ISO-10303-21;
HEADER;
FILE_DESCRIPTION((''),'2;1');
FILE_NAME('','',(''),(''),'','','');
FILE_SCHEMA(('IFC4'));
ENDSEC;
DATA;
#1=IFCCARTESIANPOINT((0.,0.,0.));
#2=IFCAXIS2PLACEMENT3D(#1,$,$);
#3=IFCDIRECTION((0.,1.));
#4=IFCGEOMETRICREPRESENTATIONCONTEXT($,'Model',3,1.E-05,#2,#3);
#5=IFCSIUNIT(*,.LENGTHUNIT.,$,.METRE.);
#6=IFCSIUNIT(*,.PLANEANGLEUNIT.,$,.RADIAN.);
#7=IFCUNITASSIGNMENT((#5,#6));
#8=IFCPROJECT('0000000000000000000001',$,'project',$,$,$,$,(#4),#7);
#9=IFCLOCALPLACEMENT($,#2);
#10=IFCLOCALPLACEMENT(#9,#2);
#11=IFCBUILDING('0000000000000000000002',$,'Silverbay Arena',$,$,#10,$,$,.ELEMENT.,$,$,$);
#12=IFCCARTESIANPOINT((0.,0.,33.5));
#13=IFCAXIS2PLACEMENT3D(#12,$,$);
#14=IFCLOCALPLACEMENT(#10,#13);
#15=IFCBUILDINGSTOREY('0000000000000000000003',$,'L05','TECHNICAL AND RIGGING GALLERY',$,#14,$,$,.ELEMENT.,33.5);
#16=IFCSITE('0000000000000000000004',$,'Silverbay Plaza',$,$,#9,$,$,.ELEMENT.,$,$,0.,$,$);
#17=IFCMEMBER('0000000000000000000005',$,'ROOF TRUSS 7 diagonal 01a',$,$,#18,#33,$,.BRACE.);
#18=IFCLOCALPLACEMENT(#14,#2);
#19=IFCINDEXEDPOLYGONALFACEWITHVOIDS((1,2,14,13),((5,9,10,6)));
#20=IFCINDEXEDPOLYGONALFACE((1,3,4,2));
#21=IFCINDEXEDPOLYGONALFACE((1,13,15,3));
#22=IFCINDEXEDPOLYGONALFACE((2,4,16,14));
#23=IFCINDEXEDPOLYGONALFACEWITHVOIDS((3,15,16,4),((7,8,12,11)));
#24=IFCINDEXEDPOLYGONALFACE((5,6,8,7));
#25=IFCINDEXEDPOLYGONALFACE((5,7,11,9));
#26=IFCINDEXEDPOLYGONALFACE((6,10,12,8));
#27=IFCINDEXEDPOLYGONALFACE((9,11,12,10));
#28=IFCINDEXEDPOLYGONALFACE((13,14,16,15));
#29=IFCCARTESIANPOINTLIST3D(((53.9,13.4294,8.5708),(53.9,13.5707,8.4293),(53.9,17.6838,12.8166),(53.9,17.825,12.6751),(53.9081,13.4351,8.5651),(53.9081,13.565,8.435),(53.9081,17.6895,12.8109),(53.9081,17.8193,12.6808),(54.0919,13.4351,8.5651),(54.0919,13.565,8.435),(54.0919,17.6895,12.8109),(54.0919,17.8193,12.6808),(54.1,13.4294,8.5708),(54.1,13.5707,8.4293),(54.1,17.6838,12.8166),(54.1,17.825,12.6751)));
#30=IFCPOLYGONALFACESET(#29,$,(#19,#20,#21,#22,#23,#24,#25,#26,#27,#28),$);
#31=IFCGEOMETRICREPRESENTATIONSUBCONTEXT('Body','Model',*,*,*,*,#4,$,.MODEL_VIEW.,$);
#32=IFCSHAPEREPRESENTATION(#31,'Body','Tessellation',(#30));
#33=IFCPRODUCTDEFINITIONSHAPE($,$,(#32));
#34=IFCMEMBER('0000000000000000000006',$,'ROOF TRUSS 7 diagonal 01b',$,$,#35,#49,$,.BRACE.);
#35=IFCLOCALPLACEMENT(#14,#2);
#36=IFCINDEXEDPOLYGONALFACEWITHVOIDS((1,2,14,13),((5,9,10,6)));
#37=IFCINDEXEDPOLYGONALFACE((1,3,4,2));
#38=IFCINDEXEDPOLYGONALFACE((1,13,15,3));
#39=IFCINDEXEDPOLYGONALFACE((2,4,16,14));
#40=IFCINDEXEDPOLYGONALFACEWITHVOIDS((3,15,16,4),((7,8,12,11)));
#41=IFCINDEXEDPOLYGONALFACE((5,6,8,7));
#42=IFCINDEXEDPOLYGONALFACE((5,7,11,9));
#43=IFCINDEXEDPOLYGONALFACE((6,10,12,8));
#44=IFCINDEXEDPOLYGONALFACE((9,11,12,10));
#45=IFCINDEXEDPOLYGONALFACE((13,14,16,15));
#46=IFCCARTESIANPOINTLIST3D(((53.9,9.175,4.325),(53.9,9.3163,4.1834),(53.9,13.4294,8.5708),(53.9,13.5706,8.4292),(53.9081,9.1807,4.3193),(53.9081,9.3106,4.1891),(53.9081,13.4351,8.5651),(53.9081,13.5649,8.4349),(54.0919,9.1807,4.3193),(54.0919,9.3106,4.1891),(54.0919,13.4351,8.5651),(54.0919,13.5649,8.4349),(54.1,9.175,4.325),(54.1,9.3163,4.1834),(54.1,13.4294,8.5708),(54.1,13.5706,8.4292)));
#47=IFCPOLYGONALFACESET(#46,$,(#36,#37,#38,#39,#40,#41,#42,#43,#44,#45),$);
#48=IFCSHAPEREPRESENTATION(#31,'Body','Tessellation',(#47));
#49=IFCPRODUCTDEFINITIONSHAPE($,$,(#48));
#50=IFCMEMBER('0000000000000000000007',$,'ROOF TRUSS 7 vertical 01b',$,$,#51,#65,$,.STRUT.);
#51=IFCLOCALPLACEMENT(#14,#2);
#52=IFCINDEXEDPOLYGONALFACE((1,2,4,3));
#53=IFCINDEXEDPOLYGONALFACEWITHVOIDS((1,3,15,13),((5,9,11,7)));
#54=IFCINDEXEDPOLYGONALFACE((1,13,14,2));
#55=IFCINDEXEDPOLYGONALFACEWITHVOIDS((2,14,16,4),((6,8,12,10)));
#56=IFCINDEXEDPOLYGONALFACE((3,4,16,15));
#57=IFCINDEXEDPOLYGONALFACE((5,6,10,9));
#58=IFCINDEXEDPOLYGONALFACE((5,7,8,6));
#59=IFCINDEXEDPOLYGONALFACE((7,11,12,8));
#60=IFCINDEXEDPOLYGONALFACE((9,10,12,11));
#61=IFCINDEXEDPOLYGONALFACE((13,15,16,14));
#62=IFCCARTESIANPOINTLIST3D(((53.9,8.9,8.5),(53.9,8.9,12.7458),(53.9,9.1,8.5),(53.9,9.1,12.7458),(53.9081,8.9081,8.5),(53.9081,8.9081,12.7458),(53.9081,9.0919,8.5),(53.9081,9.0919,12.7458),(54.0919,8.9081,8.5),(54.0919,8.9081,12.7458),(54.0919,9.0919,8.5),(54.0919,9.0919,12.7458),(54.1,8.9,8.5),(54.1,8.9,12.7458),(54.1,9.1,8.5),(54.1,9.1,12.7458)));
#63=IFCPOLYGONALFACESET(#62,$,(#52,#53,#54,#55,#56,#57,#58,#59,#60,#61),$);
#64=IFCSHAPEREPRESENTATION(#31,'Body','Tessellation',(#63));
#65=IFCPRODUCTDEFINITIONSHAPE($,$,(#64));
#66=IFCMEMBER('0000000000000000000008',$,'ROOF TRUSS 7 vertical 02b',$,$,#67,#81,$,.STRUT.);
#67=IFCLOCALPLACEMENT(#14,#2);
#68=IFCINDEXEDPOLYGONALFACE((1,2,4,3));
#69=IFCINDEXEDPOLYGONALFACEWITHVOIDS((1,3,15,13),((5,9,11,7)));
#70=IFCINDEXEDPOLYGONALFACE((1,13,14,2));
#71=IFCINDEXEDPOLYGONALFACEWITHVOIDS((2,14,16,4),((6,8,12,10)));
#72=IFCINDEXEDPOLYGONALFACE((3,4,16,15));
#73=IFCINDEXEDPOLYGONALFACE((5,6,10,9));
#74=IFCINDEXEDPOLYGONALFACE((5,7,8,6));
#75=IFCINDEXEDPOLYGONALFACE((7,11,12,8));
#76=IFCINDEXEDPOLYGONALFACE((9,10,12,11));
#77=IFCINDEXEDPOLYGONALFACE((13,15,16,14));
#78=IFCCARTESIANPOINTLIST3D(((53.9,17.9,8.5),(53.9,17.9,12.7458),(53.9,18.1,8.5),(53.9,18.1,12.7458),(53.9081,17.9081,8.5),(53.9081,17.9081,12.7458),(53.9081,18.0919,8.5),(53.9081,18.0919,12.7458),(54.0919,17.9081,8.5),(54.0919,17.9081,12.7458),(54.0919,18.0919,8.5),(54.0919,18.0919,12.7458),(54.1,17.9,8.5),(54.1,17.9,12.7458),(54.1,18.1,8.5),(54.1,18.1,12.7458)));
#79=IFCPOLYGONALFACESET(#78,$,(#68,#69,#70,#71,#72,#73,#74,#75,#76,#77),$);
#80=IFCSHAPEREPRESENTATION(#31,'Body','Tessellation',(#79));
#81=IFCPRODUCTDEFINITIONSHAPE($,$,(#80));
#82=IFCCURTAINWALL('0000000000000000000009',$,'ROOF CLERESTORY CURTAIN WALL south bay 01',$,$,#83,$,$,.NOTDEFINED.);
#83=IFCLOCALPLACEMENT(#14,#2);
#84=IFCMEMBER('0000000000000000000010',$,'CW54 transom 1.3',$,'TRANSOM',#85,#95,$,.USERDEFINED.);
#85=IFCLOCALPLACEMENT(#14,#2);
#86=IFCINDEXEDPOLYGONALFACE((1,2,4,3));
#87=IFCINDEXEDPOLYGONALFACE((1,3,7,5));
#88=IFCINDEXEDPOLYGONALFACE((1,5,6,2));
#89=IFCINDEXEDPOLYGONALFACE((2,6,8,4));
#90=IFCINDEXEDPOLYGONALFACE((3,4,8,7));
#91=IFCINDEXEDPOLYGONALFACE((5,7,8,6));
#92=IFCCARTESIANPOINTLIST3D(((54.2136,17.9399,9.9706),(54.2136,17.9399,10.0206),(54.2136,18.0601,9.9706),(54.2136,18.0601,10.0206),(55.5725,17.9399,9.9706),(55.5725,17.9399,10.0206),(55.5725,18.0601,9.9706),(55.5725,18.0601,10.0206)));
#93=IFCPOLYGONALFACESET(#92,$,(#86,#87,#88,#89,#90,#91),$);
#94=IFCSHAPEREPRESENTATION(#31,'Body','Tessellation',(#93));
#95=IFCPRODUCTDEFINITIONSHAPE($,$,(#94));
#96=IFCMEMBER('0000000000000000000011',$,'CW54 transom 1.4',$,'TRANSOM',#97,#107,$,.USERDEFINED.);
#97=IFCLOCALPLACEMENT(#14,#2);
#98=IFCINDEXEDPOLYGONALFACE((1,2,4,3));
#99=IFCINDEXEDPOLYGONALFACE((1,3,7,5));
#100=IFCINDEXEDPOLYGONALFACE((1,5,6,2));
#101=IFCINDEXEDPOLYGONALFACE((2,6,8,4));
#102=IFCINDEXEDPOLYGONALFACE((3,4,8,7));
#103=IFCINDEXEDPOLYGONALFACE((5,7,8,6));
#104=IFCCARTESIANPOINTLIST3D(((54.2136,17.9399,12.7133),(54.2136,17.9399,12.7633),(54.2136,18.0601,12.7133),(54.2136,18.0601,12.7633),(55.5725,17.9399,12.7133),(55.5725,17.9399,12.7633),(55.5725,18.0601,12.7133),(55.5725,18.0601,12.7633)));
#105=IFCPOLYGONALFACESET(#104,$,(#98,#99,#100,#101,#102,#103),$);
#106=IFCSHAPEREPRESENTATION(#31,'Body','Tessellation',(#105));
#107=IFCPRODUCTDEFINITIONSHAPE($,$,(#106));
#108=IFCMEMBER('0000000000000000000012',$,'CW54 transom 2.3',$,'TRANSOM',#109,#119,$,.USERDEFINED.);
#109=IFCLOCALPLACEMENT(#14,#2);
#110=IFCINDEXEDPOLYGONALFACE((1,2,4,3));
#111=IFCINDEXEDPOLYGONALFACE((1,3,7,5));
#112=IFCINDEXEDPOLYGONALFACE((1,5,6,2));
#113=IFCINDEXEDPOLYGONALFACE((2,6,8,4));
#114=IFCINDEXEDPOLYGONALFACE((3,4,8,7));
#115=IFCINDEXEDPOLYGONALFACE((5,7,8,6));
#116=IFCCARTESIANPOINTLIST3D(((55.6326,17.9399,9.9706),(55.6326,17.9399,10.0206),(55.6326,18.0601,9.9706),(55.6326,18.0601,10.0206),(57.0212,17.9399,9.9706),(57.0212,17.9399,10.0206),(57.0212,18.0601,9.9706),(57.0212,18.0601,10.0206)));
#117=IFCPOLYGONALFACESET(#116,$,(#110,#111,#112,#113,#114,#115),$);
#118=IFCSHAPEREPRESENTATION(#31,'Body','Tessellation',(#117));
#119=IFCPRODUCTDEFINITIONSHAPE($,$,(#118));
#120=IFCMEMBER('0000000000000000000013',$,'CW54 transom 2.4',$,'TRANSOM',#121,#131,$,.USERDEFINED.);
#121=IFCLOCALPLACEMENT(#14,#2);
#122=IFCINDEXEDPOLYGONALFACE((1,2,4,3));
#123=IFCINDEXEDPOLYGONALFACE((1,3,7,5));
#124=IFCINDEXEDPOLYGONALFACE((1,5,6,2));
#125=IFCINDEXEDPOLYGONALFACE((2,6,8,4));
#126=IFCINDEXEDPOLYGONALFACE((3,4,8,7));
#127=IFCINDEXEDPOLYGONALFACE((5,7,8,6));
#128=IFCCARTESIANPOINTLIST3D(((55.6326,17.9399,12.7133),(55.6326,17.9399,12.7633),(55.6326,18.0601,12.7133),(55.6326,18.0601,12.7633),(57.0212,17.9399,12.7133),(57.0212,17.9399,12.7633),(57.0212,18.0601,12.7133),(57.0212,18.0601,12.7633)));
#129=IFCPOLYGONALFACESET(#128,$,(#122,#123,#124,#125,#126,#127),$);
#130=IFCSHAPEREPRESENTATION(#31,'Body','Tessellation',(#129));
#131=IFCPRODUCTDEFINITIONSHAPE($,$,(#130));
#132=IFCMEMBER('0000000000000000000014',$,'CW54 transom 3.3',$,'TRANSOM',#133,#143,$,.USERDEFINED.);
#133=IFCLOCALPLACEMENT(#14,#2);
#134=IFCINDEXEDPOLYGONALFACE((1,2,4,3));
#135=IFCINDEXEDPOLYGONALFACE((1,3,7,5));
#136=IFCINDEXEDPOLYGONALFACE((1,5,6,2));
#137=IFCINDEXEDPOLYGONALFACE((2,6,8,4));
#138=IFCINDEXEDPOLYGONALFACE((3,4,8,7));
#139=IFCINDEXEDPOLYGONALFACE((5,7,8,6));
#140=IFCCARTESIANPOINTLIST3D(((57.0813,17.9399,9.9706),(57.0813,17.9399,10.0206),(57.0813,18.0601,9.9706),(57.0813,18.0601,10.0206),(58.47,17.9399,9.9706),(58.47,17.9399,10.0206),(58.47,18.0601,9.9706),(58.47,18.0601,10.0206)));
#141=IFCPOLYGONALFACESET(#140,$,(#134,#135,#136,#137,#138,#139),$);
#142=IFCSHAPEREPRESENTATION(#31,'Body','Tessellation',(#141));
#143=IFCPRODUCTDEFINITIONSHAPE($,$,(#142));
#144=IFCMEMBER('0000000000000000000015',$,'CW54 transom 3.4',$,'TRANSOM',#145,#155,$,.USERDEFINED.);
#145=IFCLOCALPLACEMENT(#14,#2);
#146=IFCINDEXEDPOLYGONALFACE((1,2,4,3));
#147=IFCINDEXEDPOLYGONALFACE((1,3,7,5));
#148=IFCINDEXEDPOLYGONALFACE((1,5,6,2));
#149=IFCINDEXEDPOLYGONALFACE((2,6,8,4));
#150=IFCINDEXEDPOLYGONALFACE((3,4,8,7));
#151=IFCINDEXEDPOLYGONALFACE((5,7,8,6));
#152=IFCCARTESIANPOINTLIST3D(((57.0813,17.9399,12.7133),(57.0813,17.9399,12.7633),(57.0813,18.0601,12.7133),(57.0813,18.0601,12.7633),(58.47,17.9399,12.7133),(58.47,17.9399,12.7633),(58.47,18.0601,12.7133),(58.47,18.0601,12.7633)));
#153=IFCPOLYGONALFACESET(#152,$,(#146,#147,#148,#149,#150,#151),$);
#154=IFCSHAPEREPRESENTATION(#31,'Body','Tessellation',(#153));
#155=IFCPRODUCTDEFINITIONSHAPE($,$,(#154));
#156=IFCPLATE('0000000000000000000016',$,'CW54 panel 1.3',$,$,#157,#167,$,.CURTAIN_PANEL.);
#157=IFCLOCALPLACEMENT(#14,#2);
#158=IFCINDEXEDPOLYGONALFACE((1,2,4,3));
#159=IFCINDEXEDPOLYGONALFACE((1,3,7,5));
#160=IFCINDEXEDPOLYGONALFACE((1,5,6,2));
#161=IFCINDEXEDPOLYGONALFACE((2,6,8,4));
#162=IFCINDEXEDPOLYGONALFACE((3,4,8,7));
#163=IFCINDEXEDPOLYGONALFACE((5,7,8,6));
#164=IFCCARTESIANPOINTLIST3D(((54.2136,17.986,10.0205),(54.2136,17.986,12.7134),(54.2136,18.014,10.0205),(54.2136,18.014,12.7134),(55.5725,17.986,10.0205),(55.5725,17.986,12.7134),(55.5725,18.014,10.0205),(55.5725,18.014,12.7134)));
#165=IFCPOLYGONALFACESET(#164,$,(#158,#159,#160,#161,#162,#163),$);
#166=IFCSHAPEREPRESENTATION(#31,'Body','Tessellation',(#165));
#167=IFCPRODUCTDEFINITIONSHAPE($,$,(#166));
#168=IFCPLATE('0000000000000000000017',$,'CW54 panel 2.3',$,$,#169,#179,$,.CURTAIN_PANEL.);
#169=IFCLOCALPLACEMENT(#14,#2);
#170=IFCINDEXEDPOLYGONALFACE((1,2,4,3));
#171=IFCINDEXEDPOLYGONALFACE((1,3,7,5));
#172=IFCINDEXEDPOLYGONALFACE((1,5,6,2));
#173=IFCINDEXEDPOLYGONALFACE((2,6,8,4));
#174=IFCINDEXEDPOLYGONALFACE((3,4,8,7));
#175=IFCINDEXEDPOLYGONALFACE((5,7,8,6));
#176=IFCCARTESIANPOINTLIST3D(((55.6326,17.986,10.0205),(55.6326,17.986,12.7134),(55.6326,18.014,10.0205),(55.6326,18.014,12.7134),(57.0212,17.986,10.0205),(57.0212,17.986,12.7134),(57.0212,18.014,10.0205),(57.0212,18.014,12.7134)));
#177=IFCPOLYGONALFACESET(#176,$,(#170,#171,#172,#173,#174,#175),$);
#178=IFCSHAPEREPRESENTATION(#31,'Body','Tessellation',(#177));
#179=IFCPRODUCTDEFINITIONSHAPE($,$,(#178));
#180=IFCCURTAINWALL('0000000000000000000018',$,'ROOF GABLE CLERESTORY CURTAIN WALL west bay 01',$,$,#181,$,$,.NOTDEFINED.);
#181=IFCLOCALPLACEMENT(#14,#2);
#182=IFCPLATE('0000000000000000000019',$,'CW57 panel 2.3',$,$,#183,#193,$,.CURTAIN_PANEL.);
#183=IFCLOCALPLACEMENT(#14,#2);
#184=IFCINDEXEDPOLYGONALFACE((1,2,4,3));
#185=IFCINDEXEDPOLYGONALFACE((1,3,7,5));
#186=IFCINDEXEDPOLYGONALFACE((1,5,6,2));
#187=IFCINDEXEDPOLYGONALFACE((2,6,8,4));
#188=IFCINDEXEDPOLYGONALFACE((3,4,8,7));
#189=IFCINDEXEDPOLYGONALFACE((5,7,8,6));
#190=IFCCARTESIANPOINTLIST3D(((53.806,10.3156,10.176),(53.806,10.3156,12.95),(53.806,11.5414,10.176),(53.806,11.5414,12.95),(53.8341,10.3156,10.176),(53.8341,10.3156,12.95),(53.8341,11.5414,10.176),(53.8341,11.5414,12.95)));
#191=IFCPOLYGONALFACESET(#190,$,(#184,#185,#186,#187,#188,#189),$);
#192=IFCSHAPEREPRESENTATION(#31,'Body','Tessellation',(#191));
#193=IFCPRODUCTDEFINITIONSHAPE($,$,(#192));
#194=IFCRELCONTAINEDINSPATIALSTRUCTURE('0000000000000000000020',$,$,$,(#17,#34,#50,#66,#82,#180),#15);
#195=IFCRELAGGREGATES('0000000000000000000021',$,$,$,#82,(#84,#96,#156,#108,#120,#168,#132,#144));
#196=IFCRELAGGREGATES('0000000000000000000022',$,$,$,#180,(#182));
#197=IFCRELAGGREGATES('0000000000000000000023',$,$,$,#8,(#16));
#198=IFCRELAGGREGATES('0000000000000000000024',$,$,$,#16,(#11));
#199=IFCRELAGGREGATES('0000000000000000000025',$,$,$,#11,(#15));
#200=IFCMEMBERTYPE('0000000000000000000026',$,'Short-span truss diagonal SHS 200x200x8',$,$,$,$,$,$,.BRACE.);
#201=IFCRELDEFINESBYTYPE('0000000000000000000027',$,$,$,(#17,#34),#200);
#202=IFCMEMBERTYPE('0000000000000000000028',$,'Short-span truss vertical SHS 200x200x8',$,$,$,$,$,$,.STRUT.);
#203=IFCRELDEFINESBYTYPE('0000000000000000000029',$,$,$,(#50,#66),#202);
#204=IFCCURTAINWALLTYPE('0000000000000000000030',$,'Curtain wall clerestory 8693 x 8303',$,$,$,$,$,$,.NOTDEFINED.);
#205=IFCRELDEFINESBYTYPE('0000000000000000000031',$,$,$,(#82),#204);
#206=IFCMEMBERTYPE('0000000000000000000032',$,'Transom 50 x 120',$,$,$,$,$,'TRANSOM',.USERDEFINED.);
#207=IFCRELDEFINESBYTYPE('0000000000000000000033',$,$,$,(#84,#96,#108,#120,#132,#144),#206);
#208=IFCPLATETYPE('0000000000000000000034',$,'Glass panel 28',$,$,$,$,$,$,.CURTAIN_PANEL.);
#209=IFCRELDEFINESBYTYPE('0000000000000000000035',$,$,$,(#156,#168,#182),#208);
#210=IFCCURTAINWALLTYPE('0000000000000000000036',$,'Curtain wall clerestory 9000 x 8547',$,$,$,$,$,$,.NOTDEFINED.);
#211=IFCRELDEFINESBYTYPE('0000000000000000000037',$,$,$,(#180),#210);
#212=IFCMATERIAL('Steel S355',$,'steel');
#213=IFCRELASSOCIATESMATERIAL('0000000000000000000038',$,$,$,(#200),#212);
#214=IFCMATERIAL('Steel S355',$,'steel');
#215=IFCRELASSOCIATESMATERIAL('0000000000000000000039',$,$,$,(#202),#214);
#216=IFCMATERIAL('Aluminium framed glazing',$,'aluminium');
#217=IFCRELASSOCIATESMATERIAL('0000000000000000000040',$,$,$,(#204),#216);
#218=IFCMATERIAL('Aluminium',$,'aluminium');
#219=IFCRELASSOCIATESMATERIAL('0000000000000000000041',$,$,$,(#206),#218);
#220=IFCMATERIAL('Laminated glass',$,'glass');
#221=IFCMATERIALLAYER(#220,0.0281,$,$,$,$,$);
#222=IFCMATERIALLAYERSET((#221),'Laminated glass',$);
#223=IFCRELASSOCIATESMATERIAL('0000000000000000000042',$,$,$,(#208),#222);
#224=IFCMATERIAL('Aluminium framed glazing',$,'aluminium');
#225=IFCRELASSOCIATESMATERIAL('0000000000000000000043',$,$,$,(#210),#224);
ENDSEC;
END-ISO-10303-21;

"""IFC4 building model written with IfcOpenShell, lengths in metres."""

from ifc_helpers import new_model, si_unit, direction, frame, origin, origin_2d, place, context, subcontext, project, spatial, rectangle, hollow_rectangle, extrude, material, layer, layer_set, material_profile, profile_set, type_object, element, aggregate, save


model = new_model("IFC4")

# Units and contexts
model_context = context("Model", 3, precision=1e-05, world=origin(), true_north=direction((0.0, 1.0)))
body_context = subcontext(model_context, "Body", "Model", "MODEL_VIEW")
ifc_project = project(units=[si_unit("LENGTHUNIT", "METRE"), si_unit("PLANEANGLEUNIT", "RADIAN")], contexts=[model_context])

# Site, building, storey
site_placement = place(None, origin())
site = spatial("IfcSite", under=ifc_project, at=site_placement, Name="Silverbay Plaza", CompositionType="ELEMENT", RefElevation=0.0)
building_placement = place(site_placement, origin())
building = spatial("IfcBuilding", under=site, at=building_placement, Name="Silverbay Arena", CompositionType="ELEMENT")
storey_placement = place(building_placement, frame((0.0, 0.0, 33.5)))
storey = spatial("IfcBuildingStorey", under=building, at=storey_placement, Name="L05", Description="TECHNICAL AND RIGGING GALLERY", CompositionType="ELEMENT", Elevation=33.5)

# Members
ifc_material_1 = material(Name="Steel S355", Category="steel")
ifc_material_profile_1 = material_profile(ifc_material_1, hollow_rectangle(XDim=0.2, YDim=0.2, WallThickness=0.0081, at=origin_2d()), Name="SHS 200x200x8")
ifc_profile_set_1 = profile_set([ifc_material_profile_1], Name="Steel S355")
member_type_1 = type_object("IfcMemberType", Name="Short-span truss diagonal SHS 200x200x8", PredefinedType="BRACE", material=ifc_profile_set_1)
for number, where, z_axis, x_axis, name in (
    (1, (54.0, 17.7544, 12.7458), (0.0, -0.707817, -0.706396), (1.0, 0.0, 0.0), "ROOF TRUSS 7 diagonal 01a"),
    (2, (54.0, 13.5, 8.5), (0.0, -0.707817, -0.706396), (1.0, 0.0, 0.0), "ROOF TRUSS 7 diagonal 01b"),
):
    element("IfcMember", number, at=place(storey_placement, frame(where, z_axis=z_axis, x_axis=x_axis)), inside=storey, type_object=member_type_1, Name=name, PredefinedType="BRACE", context=body_context, shape_type="SweptSolid", body=[
        extrude(hollow_rectangle(XDim=0.2, YDim=0.2, WallThickness=0.0081, at=origin_2d()), origin(), (0.0, 0.0, 1.0), 6.0105),
    ])
ifc_material_2 = material(Name="Steel S355", Category="steel")
ifc_material_profile_2 = material_profile(ifc_material_2, hollow_rectangle(XDim=0.2, YDim=0.2, WallThickness=0.0081, at=origin_2d()), Name="SHS 200x200x8")
ifc_profile_set_2 = profile_set([ifc_material_profile_2], Name="Steel S355")
member_type_2 = type_object("IfcMemberType", Name="Short-span truss vertical SHS 200x200x8", PredefinedType="STRUT", material=ifc_profile_set_2)
for number, where, z_axis, x_axis, name in (
    (3, (54.0, 9.0, 8.5), (0.0, 0.0, 1.0), (1.0, 0.0, 0.0), "ROOF TRUSS 7 vertical 01b"),
    (4, (54.0, 18.0, 8.5), (0.0, 0.0, 1.0), (1.0, 0.0, 0.0), "ROOF TRUSS 7 vertical 02b"),
):
    element("IfcMember", number, at=place(storey_placement, frame(where, z_axis=z_axis, x_axis=x_axis)), inside=storey, type_object=member_type_2, Name=name, PredefinedType="STRUT", context=body_context, shape_type="SweptSolid", body=[
        extrude(hollow_rectangle(XDim=0.2, YDim=0.2, WallThickness=0.0081, at=origin_2d()), origin(), (0.0, 0.0, 1.0), 4.2458),
    ])

# Curtain wall, members, plates
ifc_material_3 = material(Name="Aluminium framed glazing", Category="aluminium")
curtain_wall_type_1 = type_object("IfcCurtainWallType", Name="Curtain wall clerestory 8693 x 8303", PredefinedType="NOTDEFINED", material=ifc_material_3)
curtain_wall_1_placement = place(storey_placement, origin())
curtain_wall_1 = element("IfcCurtainWall", 5, at=curtain_wall_1_placement, inside=storey, type_object=curtain_wall_type_1, Name="ROOF CLERESTORY CURTAIN WALL south bay 01", PredefinedType="NOTDEFINED")
ifc_material_4 = material(Name="Aluminium", Category="aluminium")
ifc_material_profile_3 = material_profile(ifc_material_4, rectangle(XDim=0.1201, YDim=0.05, at=origin_2d()), Name="Transom 50 x 120")
ifc_profile_set_3 = profile_set([ifc_material_profile_3], Name="Aluminium")
member_type_3 = type_object("IfcMemberType", Name="Transom 50 x 120", ElementType="TRANSOM", PredefinedType="USERDEFINED", material=ifc_profile_set_3)
member_1_placement = place(storey_placement, frame((54.2136, 18.0, 9.9956), z_axis=(1.0, 0.0, 0.0), x_axis=(0.0, 1.0, 0.0)))
member_1 = element("IfcMember", 6, at=member_1_placement, type_object=member_type_3, Name="CW54 transom 1.3", ObjectType="TRANSOM", PredefinedType="USERDEFINED", context=body_context, shape_type="SweptSolid", body=[
    extrude(rectangle(XDim=0.1201, YDim=0.05, at=origin_2d()), origin(), (0.0, 0.0, 1.0), 1.3589),
])
member_2_placement = place(storey_placement, frame((54.2136, 18.0, 12.7383), z_axis=(1.0, 0.0, 0.0), x_axis=(0.0, 1.0, 0.0)))
member_2 = element("IfcMember", 7, at=member_2_placement, type_object=member_type_3, Name="CW54 transom 1.4", ObjectType="TRANSOM", PredefinedType="USERDEFINED", context=body_context, shape_type="SweptSolid", body=[
    extrude(rectangle(XDim=0.1201, YDim=0.05, at=origin_2d()), origin(), (0.0, 0.0, 1.0), 1.3589),
])
member_3_placement = place(storey_placement, frame((55.6326, 18.0, 9.9956), z_axis=(1.0, 0.0, 0.0), x_axis=(0.0, 1.0, 0.0)))
member_3 = element("IfcMember", 8, at=member_3_placement, type_object=member_type_3, Name="CW54 transom 2.3", ObjectType="TRANSOM", PredefinedType="USERDEFINED", context=body_context, shape_type="SweptSolid", body=[
    extrude(rectangle(XDim=0.1201, YDim=0.05, at=origin_2d()), origin(), (0.0, 0.0, 1.0), 1.3887),
])
member_4_placement = place(storey_placement, frame((55.6326, 18.0, 12.7383), z_axis=(1.0, 0.0, 0.0), x_axis=(0.0, 1.0, 0.0)))
member_4 = element("IfcMember", 9, at=member_4_placement, type_object=member_type_3, Name="CW54 transom 2.4", ObjectType="TRANSOM", PredefinedType="USERDEFINED", context=body_context, shape_type="SweptSolid", body=[
    extrude(rectangle(XDim=0.1201, YDim=0.05, at=origin_2d()), origin(), (0.0, 0.0, 1.0), 1.3887),
])
member_5_placement = place(storey_placement, frame((57.0813, 18.0, 9.9956), z_axis=(1.0, 0.0, 0.0), x_axis=(0.0, 1.0, 0.0)))
member_5 = element("IfcMember", 10, at=member_5_placement, type_object=member_type_3, Name="CW54 transom 3.3", ObjectType="TRANSOM", PredefinedType="USERDEFINED", context=body_context, shape_type="SweptSolid", body=[
    extrude(rectangle(XDim=0.1201, YDim=0.05, at=origin_2d()), origin(), (0.0, 0.0, 1.0), 1.3887),
])
member_6_placement = place(storey_placement, frame((57.0813, 18.0, 12.7383), z_axis=(1.0, 0.0, 0.0), x_axis=(0.0, 1.0, 0.0)))
member_6 = element("IfcMember", 11, at=member_6_placement, type_object=member_type_3, Name="CW54 transom 3.4", ObjectType="TRANSOM", PredefinedType="USERDEFINED", context=body_context, shape_type="SweptSolid", body=[
    extrude(rectangle(XDim=0.1201, YDim=0.05, at=origin_2d()), origin(), (0.0, 0.0, 1.0), 1.3887),
])
ifc_material_5 = material(Name="Laminated glass", Category="glass")
ifc_layer = layer(ifc_material_5, 0.0281)
ifc_layer_set = layer_set([ifc_layer], Name="Laminated glass")
plate_type = type_object("IfcPlateType", Name="Glass panel 28", PredefinedType="CURTAIN_PANEL", material=ifc_layer_set)
plate_1_placement = place(storey_placement, frame((54.8931, 18.0, 10.0205), z_axis=(0.0, 0.0, 1.0), x_axis=(1.0, 0.0, 0.0)))
plate_1 = element("IfcPlate", 12, at=plate_1_placement, type_object=plate_type, Name="CW54 panel 1.3", PredefinedType="CURTAIN_PANEL", context=body_context, shape_type="SweptSolid", body=[
    extrude(rectangle(XDim=1.3589, YDim=0.0281, at=origin_2d()), origin(), (0.0, 0.0, 1.0), 2.6929),
])
plate_2_placement = place(storey_placement, frame((56.3269, 18.0, 10.0205), z_axis=(0.0, 0.0, 1.0), x_axis=(1.0, 0.0, 0.0)))
plate_2 = element("IfcPlate", 13, at=plate_2_placement, type_object=plate_type, Name="CW54 panel 2.3", PredefinedType="CURTAIN_PANEL", context=body_context, shape_type="SweptSolid", body=[
    extrude(rectangle(XDim=1.3887, YDim=0.0281, at=origin_2d()), origin(), (0.0, 0.0, 1.0), 2.6929),
])
aggregate(curtain_wall_1, [member_1, member_2, plate_1, member_3, member_4, plate_2, member_5, member_6])

# Curtain wall, plate
ifc_material_6 = material(Name="Aluminium framed glazing", Category="aluminium")
curtain_wall_type_2 = type_object("IfcCurtainWallType", Name="Curtain wall clerestory 9000 x 8547", PredefinedType="NOTDEFINED", material=ifc_material_6)
curtain_wall_2_placement = place(storey_placement, origin())
curtain_wall_2 = element("IfcCurtainWall", 14, at=curtain_wall_2_placement, inside=storey, type_object=curtain_wall_type_2, Name="ROOF GABLE CLERESTORY CURTAIN WALL west bay 01", PredefinedType="NOTDEFINED")
plate_3_placement = place(storey_placement, frame((53.8201, 10.9285, 10.176), z_axis=(0.0, 0.0, 1.0), x_axis=(0.0, 1.0, 0.0)))
plate_3 = element("IfcPlate", 15, at=plate_3_placement, type_object=plate_type, Name="CW57 panel 2.3", PredefinedType="CURTAIN_PANEL", context=body_context, shape_type="SweptSolid", body=[
    extrude(rectangle(XDim=1.2258, YDim=0.0281, at=origin_2d()), origin(), (0.0, 0.0, 1.0), 2.7739),
])
aggregate(curtain_wall_2, [plate_3])

save(model, "model.ifc")
